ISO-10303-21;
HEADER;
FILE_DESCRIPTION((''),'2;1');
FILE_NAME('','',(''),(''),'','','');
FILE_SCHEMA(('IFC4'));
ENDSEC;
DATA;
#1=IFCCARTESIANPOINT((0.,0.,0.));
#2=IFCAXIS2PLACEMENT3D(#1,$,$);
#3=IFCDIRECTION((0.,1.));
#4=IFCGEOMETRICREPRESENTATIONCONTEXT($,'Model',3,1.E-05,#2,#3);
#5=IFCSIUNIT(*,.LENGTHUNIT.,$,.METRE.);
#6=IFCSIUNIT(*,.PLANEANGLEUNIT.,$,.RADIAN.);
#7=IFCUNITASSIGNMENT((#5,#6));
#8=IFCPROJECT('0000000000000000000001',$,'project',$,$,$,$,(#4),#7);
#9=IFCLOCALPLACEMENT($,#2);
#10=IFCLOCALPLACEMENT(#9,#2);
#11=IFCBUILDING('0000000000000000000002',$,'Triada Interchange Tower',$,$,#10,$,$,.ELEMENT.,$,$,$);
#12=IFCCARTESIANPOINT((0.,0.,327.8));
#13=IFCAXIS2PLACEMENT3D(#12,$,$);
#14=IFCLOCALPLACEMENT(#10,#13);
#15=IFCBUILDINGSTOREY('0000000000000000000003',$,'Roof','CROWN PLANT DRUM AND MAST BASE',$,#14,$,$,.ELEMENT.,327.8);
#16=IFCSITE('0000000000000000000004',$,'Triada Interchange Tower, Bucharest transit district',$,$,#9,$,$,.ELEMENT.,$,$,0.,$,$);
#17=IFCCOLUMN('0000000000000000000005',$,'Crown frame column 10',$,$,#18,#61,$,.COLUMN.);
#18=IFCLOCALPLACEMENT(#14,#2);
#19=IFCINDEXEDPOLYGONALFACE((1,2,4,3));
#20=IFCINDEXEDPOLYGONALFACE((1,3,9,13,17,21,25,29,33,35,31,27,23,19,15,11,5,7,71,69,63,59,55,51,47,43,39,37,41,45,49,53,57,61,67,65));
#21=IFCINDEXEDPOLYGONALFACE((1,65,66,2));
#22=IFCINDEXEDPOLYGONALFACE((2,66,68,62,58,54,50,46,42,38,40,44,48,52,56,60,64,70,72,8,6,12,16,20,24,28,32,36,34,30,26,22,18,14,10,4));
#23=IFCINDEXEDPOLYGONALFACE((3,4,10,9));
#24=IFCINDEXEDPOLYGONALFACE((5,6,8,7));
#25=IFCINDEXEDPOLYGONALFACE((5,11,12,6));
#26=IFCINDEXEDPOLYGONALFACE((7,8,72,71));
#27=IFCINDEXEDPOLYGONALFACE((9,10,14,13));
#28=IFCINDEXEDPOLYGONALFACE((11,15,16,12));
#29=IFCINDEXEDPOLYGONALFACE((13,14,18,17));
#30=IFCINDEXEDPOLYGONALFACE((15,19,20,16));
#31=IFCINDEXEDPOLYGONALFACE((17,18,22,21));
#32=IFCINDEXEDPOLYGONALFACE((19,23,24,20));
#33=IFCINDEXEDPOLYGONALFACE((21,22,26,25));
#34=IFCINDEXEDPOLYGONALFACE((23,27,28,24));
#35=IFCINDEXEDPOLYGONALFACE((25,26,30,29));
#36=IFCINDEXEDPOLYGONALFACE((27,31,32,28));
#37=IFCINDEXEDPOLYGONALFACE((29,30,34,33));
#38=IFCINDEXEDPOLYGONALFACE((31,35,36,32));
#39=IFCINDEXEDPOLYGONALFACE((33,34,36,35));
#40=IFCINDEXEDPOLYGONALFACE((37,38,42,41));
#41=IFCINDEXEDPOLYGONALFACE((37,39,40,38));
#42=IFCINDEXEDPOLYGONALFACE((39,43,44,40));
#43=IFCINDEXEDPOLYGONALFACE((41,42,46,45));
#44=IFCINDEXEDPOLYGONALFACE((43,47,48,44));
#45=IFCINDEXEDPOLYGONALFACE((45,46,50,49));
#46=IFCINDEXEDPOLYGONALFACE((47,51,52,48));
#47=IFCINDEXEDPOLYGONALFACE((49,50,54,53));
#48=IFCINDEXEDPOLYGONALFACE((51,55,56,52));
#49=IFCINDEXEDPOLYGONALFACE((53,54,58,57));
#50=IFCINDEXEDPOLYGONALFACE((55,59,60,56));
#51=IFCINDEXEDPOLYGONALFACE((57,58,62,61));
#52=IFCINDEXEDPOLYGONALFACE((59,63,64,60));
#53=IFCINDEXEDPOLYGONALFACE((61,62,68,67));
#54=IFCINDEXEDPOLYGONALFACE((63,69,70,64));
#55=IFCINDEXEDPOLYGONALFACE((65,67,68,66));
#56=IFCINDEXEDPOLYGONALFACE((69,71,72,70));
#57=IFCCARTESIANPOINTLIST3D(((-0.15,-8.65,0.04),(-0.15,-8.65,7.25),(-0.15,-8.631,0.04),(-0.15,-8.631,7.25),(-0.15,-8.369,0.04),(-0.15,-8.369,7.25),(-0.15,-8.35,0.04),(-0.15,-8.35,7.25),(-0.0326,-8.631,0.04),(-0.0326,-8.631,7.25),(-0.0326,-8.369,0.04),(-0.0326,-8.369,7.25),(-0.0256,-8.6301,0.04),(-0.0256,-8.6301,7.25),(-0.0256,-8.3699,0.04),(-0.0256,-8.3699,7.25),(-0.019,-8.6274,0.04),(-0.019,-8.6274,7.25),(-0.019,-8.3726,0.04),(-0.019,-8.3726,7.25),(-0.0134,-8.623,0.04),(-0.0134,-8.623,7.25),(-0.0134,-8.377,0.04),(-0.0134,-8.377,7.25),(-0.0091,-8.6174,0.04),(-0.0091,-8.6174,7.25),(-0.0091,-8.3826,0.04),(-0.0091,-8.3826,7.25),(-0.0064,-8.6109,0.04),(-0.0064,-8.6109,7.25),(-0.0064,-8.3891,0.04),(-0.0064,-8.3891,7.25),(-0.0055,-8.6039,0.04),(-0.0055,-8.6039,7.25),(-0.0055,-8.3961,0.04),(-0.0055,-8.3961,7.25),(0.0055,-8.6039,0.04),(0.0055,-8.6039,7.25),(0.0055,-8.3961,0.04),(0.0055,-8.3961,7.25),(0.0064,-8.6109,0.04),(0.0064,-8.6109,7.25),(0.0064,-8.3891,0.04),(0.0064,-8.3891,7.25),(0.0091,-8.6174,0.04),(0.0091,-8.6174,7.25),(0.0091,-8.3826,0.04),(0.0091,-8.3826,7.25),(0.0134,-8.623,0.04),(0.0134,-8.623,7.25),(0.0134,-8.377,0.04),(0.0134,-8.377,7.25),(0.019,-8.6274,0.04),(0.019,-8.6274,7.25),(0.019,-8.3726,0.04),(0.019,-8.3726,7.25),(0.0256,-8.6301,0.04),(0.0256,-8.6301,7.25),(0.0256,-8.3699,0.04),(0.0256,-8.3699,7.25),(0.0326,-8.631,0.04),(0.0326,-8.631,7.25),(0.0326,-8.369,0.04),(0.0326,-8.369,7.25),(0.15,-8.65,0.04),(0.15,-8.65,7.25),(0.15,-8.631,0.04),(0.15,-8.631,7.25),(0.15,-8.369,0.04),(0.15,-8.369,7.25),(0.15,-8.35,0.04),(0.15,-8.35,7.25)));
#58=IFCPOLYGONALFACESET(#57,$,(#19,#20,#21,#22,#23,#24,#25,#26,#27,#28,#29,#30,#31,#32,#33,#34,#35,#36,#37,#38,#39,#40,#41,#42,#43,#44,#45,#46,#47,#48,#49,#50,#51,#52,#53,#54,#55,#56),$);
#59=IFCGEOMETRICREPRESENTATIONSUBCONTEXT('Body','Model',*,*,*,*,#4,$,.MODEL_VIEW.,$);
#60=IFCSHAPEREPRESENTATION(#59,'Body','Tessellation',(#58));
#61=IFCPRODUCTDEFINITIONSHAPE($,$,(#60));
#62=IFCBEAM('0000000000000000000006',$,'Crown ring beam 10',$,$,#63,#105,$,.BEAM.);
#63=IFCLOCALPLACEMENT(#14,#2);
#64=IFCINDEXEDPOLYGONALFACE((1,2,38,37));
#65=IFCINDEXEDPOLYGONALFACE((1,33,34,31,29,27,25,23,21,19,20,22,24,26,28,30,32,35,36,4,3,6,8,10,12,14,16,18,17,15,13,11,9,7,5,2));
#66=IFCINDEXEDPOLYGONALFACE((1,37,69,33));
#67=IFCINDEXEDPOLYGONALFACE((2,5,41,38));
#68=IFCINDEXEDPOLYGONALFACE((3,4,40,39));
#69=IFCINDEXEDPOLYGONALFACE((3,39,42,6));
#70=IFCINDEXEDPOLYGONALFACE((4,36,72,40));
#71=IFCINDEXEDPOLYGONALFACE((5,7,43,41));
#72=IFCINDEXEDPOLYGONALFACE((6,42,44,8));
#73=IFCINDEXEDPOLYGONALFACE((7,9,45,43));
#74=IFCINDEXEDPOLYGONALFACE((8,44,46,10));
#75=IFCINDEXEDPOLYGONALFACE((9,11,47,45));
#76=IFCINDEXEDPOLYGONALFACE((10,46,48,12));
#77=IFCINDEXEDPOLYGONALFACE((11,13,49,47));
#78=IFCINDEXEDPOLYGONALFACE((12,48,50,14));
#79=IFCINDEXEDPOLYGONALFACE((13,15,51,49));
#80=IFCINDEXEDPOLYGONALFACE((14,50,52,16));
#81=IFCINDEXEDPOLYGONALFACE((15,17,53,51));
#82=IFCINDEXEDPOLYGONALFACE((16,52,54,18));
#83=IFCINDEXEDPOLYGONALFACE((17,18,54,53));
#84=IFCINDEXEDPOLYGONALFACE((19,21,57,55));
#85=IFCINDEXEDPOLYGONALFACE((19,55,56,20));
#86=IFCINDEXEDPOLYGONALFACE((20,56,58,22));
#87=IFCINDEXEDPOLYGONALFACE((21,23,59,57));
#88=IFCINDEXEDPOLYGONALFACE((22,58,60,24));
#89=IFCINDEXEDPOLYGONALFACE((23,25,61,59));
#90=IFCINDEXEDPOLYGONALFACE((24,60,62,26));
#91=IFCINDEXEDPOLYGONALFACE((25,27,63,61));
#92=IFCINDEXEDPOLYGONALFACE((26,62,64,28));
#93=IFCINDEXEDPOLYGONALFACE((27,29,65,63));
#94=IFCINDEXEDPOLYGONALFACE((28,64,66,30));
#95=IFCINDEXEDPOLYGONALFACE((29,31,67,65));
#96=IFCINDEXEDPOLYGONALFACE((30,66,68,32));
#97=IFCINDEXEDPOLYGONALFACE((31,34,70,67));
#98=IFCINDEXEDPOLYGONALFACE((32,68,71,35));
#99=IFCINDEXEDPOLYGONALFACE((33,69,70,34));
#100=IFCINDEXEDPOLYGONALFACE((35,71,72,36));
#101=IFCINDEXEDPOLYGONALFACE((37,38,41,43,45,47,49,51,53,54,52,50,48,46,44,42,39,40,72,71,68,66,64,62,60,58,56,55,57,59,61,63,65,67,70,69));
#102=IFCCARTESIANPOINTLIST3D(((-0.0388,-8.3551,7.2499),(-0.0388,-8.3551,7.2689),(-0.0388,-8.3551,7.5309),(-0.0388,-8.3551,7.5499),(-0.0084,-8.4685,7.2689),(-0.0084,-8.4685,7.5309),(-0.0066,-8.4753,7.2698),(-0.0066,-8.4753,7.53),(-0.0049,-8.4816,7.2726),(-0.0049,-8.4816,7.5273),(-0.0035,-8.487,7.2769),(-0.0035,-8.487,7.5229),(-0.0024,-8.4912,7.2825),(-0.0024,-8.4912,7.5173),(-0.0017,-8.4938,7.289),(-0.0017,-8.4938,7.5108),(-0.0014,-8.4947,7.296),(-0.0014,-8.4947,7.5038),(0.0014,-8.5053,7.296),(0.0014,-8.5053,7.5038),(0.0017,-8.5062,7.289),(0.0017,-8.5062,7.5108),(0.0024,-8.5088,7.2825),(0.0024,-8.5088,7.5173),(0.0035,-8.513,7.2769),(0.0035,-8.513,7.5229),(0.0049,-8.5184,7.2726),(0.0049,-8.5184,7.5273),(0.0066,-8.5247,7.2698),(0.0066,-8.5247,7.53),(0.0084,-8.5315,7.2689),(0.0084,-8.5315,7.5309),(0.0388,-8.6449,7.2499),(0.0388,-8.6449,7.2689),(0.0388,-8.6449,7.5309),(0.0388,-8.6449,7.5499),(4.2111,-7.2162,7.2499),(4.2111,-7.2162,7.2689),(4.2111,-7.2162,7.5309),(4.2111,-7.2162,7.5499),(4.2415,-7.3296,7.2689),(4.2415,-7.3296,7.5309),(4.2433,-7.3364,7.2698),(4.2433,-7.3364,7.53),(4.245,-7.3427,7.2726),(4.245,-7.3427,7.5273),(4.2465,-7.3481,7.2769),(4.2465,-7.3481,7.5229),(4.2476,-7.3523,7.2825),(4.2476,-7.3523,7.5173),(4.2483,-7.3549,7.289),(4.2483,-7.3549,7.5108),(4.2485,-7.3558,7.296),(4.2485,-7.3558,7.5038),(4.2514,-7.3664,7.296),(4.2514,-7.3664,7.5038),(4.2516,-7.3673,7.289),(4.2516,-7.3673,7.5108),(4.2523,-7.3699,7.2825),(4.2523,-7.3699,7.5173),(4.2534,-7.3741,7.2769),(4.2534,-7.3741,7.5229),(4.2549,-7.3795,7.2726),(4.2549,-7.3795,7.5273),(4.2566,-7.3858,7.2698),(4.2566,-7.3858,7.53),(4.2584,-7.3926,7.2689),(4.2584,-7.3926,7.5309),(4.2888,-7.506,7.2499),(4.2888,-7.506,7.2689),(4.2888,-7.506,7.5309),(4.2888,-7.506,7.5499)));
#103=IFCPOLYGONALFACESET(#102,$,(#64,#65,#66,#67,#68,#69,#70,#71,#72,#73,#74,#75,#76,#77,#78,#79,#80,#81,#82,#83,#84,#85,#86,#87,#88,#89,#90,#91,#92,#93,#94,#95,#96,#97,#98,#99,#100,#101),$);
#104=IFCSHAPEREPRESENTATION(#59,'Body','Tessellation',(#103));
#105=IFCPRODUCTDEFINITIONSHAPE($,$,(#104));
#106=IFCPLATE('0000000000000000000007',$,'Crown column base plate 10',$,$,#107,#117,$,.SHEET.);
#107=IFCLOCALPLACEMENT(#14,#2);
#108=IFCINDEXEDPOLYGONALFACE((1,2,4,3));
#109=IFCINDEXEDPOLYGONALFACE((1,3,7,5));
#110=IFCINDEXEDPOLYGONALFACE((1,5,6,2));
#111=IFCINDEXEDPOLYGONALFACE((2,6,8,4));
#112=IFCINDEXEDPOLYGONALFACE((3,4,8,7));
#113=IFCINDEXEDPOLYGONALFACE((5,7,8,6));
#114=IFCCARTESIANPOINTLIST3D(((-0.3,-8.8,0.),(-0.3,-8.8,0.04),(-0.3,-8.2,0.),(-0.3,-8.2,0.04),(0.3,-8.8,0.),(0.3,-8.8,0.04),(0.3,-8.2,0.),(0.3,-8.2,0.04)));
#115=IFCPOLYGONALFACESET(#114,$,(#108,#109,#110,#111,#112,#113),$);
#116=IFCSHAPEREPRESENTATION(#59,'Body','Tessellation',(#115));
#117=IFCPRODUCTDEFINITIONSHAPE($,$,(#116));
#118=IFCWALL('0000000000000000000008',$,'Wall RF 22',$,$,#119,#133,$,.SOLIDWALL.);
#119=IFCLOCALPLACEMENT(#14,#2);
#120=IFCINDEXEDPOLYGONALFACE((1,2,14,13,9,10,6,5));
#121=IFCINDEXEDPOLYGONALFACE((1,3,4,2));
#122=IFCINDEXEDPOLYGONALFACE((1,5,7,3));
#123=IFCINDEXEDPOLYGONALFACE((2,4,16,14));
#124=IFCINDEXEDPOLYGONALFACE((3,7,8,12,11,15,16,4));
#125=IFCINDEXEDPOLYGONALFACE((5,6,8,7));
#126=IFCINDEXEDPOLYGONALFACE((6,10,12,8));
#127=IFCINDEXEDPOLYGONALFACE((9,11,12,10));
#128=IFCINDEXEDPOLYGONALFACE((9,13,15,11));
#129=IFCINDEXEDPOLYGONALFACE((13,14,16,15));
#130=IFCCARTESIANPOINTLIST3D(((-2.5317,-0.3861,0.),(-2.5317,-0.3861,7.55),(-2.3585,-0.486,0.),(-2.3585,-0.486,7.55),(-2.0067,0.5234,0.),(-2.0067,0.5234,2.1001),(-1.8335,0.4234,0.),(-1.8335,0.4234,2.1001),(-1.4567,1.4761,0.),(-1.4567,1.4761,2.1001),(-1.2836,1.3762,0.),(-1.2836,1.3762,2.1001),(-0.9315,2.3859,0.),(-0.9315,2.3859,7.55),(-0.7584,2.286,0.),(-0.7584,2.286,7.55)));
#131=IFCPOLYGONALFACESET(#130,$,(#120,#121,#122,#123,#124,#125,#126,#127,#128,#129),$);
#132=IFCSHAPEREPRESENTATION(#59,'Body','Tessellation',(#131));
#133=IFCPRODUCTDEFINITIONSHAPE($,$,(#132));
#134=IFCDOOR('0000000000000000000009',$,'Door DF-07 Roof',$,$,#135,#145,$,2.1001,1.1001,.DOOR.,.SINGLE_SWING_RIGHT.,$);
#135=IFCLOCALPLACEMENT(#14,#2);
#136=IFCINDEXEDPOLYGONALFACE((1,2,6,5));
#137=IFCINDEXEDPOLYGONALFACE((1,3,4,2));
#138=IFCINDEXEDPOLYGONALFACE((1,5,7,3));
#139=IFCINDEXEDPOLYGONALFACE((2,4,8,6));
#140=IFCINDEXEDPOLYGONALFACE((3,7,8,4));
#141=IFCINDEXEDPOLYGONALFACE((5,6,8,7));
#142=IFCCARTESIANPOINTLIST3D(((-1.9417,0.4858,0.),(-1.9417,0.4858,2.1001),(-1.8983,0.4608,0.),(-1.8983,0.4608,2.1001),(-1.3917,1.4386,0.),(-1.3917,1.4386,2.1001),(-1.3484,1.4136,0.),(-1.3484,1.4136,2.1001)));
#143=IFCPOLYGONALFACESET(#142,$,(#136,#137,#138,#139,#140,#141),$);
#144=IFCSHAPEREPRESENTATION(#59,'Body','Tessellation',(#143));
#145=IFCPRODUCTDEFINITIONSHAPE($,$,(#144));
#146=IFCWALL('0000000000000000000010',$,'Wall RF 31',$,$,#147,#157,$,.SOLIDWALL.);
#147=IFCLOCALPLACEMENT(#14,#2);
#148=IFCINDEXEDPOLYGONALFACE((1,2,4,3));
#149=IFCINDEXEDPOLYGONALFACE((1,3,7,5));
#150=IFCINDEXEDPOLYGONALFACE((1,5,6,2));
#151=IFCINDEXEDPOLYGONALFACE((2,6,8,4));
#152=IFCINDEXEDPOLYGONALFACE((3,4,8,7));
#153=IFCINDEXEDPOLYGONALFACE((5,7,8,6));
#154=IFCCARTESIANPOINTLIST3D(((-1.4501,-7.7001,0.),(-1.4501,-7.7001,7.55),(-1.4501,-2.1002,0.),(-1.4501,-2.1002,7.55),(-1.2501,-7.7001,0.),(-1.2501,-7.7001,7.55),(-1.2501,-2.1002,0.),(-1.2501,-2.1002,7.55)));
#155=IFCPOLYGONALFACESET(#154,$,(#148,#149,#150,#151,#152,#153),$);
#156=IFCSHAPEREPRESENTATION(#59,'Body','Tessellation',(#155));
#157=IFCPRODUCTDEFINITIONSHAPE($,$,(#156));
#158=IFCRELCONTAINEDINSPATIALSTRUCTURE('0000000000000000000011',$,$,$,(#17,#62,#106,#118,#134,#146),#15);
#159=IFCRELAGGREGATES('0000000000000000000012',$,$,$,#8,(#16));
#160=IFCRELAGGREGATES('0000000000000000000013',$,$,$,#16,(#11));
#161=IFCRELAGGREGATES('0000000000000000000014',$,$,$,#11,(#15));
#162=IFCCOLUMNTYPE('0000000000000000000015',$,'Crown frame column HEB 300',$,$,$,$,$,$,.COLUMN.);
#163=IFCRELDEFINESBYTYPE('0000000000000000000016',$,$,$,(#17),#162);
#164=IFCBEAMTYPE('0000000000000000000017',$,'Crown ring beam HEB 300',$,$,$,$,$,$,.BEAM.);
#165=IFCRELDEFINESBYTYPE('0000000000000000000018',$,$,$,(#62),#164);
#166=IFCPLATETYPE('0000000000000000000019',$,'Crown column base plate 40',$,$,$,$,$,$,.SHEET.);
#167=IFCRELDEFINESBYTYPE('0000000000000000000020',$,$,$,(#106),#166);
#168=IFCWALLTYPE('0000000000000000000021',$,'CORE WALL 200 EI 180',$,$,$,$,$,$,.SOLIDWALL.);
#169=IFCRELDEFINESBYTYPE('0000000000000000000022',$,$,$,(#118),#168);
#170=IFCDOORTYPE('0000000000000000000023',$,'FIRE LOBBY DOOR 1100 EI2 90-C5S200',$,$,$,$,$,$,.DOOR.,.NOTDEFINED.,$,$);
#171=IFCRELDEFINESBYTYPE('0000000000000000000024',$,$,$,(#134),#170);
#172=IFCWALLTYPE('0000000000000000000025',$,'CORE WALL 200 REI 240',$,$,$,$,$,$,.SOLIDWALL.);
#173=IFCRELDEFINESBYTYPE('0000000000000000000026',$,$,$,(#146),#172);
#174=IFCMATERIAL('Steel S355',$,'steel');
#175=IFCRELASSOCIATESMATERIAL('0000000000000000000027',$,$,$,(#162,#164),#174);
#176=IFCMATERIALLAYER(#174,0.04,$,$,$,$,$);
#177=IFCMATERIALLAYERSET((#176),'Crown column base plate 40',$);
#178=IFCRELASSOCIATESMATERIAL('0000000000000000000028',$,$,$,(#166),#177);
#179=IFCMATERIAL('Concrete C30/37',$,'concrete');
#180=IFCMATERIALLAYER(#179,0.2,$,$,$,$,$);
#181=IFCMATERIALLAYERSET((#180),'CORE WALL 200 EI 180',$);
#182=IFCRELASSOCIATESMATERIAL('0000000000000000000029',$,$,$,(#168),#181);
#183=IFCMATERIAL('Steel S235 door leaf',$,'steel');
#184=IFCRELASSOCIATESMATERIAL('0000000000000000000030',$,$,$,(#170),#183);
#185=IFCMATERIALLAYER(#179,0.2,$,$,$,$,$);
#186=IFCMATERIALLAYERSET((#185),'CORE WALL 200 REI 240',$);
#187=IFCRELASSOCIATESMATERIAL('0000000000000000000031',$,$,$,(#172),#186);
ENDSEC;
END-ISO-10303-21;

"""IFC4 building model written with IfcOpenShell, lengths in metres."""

from ifc_helpers import new_model, si_unit, direction, frame, frame_2d, origin, origin_2d, place, context, subcontext, project, spatial, rectangle, i_section, extrude, material, layer, layer_set, material_profile, profile_set, type_object, element, fill, save


model = new_model("IFC4")

# Units and contexts
model_context = context("Model", 3, precision=1e-05, world=origin(), true_north=direction((0.0, 1.0)))
body_context = subcontext(model_context, "Body", "Model", "MODEL_VIEW")
ifc_project = project(units=[si_unit("LENGTHUNIT", "METRE"), si_unit("PLANEANGLEUNIT", "RADIAN")], contexts=[model_context])

# Site, building, storey
site_placement = place(None, origin())
site = spatial("IfcSite", under=ifc_project, at=site_placement, Name="Triada Interchange Tower, Bucharest transit district", CompositionType="ELEMENT", RefElevation=0.0)
building_placement = place(site_placement, origin())
building = spatial("IfcBuilding", under=site, at=building_placement, Name="Triada Interchange Tower", CompositionType="ELEMENT")
storey_placement = place(building_placement, frame((0.0, 0.0, 327.8)))
storey = spatial("IfcBuildingStorey", under=building, at=storey_placement, Name="Roof", Description="CROWN PLANT DRUM AND MAST BASE", CompositionType="ELEMENT", Elevation=327.8)

# Column
ifc_material_1 = material(Name="Steel S355", Category="steel")
ifc_material_profile_1 = material_profile(ifc_material_1, i_section(OverallWidth=0.3, OverallDepth=0.3, WebThickness=0.011, FlangeThickness=0.019, FilletRadius=0.0271, at=origin_2d()), Name="HEB 300")
ifc_profile_set_1 = profile_set([ifc_material_profile_1], Name="Steel S355")
column_type = type_object("IfcColumnType", Name="Crown frame column HEB 300", PredefinedType="COLUMN", material=ifc_profile_set_1)
column_placement = place(storey_placement, frame((0.0, -8.5, 0.04), z_axis=(0.0, 0.0, 1.0), x_axis=(1.0, 0.0, 0.0)))
element("IfcColumn", 1, at=column_placement, inside=storey, type_object=column_type, Name="Crown frame column 10", PredefinedType="COLUMN", context=body_context, shape_type="SweptSolid", body=[
    extrude(i_section(OverallWidth=0.3, OverallDepth=0.3, WebThickness=0.011, FlangeThickness=0.019, FilletRadius=0.0271, at=origin_2d()), origin(), (0.0, 0.0, 1.0), 7.21),
])

# Beam
ifc_material_profile_2 = material_profile(ifc_material_1, i_section(OverallWidth=0.3, OverallDepth=0.3, WebThickness=0.011, FlangeThickness=0.019, FilletRadius=0.0271, at=origin_2d()), Name="HEB 300")
ifc_profile_set_2 = profile_set([ifc_material_profile_2], Name="Steel S355")
beam_type_1 = type_object("IfcBeamType", Name="Crown ring beam HEB 300", PredefinedType="BEAM", material=ifc_profile_set_2)
beam_1_placement = place(storey_placement, frame((0.0, -8.5, 7.3999), z_axis=(0.965918, 0.258847, 0.0), x_axis=(-0.258847, 0.965918, 0.0)))
element("IfcBeam", 2, at=beam_1_placement, inside=storey, type_object=beam_type_1, Name="Crown ring beam 10", PredefinedType="BEAM", context=body_context, shape_type="SweptSolid", body=[
    extrude(i_section(OverallWidth=0.3, OverallDepth=0.3, WebThickness=0.011, FlangeThickness=0.019, FilletRadius=0.0271, at=origin_2d()), origin(), (0.0, 0.0, 1.0), 4.3999),
])

# Plate
ifc_layer_1 = layer(ifc_material_1, 0.04)
ifc_layer_set_1 = layer_set([ifc_layer_1], Name="Crown column base plate 40")
plate_type = type_object("IfcPlateType", Name="Crown column base plate 40", PredefinedType="SHEET", material=ifc_layer_set_1)
plate_placement = place(storey_placement, frame((0.0, -8.5, 0.0), z_axis=(0.0, 0.0, 1.0), x_axis=(1.0, 0.0, 0.0)))
element("IfcPlate", 3, at=plate_placement, inside=storey, type_object=plate_type, Name="Crown column base plate 10", PredefinedType="SHEET", context=body_context, shape_type="SweptSolid", body=[
    extrude(rectangle(XDim=0.6001, YDim=0.6001, at=origin_2d()), origin(), (0.0, 0.0, 1.0), 0.04),
])

# Wall, opening, door
ifc_material_2 = material(Name="Concrete C30/37", Category="concrete")
ifc_layer_2 = layer(ifc_material_2, 0.2)
ifc_layer_set_2 = layer_set([ifc_layer_2], Name="CORE WALL 200 EI 180")
wall_type_1 = type_object("IfcWallType", Name="CORE WALL 200 EI 180", PredefinedType="SOLIDWALL", material=ifc_layer_set_2)
wall_1_placement = place(storey_placement, frame((-2.4451, -0.436, 0.0), z_axis=(0.0, 0.0, 1.0), x_axis=(0.499929, 0.866066, 0.0)))
wall_1 = element("IfcWall", 4, at=wall_1_placement, inside=storey, type_object=wall_type_1, Name="Wall RF 22", PredefinedType="SOLIDWALL", context=body_context, shape_type="SweptSolid", body=[
    extrude(rectangle(XDim=3.2007, YDim=0.2, at=frame_2d((1.6003, 0.0))), origin(), (0.0, 0.0, 1.0), 7.55),
])
opening_1_placement = place(wall_1_placement, frame((1.05, 0.0, 0.0)))
opening_1 = element("IfcOpeningElement", 5, at=opening_1_placement, cuts=wall_1, PredefinedType="OPENING", context=body_context, shape_type="SweptSolid", body=[
    extrude(rectangle(XDim=1.1001, YDim=2.1001, at=frame_2d((0.55, 1.05))), frame((0.0, 0.1099, 0.0), z_axis=(0.0, -1.0, 0.0), x_axis=(1.0, 0.0, 0.0)), (0.0, 0.0, 1.0), 0.22),
])
ifc_material_3 = material(Name="Steel S235 door leaf", Category="steel")
door_type_1 = type_object("IfcDoorType", Name="FIRE LOBBY DOOR 1100 EI2 90-C5S200", OperationType="NOTDEFINED", PredefinedType="DOOR", material=ifc_material_3)
door_1_placement = place(opening_1_placement, origin())
door_1 = element("IfcDoor", 6, at=door_1_placement, inside=storey, type_object=door_type_1, Name="Door DF-07 Roof", OperationType="SINGLE_SWING_RIGHT", OverallHeight=2.1001, OverallWidth=1.1001, PredefinedType="DOOR", context=body_context, shape_type="SweptSolid", body=[
    extrude(rectangle(XDim=1.1001, YDim=2.1001, at=frame_2d((0.55, 1.05))), frame((0.0, 0.0249, 0.0), z_axis=(0.0, -1.0, 0.0), x_axis=(1.0, 0.0, 0.0)), (0.0, 0.0, 1.0), 0.05),
])
fill(opening_1, door_1)

# Wall
ifc_layer_3 = layer(ifc_material_2, 0.2)
ifc_layer_set_3 = layer_set([ifc_layer_3], Name="CORE WALL 200 REI 240")
wall_type_2 = type_object("IfcWallType", Name="CORE WALL 200 REI 240", PredefinedType="SOLIDWALL", material=ifc_layer_set_3)
wall_2_placement = place(storey_placement, frame((-1.3501, -7.7, 0.0), z_axis=(0.0, 0.0, 1.0), x_axis=(0.0, 1.0, 0.0)))
element("IfcWall", 7, at=wall_2_placement, inside=storey, type_object=wall_type_2, Name="Wall RF 31", PredefinedType="SOLIDWALL", context=body_context, shape_type="SweptSolid", body=[
    extrude(rectangle(XDim=5.5999, YDim=0.2, at=frame_2d((2.7998, 0.0))), origin(), (0.0, 0.0, 1.0), 7.55),
])

save(model, "model.ifc")
